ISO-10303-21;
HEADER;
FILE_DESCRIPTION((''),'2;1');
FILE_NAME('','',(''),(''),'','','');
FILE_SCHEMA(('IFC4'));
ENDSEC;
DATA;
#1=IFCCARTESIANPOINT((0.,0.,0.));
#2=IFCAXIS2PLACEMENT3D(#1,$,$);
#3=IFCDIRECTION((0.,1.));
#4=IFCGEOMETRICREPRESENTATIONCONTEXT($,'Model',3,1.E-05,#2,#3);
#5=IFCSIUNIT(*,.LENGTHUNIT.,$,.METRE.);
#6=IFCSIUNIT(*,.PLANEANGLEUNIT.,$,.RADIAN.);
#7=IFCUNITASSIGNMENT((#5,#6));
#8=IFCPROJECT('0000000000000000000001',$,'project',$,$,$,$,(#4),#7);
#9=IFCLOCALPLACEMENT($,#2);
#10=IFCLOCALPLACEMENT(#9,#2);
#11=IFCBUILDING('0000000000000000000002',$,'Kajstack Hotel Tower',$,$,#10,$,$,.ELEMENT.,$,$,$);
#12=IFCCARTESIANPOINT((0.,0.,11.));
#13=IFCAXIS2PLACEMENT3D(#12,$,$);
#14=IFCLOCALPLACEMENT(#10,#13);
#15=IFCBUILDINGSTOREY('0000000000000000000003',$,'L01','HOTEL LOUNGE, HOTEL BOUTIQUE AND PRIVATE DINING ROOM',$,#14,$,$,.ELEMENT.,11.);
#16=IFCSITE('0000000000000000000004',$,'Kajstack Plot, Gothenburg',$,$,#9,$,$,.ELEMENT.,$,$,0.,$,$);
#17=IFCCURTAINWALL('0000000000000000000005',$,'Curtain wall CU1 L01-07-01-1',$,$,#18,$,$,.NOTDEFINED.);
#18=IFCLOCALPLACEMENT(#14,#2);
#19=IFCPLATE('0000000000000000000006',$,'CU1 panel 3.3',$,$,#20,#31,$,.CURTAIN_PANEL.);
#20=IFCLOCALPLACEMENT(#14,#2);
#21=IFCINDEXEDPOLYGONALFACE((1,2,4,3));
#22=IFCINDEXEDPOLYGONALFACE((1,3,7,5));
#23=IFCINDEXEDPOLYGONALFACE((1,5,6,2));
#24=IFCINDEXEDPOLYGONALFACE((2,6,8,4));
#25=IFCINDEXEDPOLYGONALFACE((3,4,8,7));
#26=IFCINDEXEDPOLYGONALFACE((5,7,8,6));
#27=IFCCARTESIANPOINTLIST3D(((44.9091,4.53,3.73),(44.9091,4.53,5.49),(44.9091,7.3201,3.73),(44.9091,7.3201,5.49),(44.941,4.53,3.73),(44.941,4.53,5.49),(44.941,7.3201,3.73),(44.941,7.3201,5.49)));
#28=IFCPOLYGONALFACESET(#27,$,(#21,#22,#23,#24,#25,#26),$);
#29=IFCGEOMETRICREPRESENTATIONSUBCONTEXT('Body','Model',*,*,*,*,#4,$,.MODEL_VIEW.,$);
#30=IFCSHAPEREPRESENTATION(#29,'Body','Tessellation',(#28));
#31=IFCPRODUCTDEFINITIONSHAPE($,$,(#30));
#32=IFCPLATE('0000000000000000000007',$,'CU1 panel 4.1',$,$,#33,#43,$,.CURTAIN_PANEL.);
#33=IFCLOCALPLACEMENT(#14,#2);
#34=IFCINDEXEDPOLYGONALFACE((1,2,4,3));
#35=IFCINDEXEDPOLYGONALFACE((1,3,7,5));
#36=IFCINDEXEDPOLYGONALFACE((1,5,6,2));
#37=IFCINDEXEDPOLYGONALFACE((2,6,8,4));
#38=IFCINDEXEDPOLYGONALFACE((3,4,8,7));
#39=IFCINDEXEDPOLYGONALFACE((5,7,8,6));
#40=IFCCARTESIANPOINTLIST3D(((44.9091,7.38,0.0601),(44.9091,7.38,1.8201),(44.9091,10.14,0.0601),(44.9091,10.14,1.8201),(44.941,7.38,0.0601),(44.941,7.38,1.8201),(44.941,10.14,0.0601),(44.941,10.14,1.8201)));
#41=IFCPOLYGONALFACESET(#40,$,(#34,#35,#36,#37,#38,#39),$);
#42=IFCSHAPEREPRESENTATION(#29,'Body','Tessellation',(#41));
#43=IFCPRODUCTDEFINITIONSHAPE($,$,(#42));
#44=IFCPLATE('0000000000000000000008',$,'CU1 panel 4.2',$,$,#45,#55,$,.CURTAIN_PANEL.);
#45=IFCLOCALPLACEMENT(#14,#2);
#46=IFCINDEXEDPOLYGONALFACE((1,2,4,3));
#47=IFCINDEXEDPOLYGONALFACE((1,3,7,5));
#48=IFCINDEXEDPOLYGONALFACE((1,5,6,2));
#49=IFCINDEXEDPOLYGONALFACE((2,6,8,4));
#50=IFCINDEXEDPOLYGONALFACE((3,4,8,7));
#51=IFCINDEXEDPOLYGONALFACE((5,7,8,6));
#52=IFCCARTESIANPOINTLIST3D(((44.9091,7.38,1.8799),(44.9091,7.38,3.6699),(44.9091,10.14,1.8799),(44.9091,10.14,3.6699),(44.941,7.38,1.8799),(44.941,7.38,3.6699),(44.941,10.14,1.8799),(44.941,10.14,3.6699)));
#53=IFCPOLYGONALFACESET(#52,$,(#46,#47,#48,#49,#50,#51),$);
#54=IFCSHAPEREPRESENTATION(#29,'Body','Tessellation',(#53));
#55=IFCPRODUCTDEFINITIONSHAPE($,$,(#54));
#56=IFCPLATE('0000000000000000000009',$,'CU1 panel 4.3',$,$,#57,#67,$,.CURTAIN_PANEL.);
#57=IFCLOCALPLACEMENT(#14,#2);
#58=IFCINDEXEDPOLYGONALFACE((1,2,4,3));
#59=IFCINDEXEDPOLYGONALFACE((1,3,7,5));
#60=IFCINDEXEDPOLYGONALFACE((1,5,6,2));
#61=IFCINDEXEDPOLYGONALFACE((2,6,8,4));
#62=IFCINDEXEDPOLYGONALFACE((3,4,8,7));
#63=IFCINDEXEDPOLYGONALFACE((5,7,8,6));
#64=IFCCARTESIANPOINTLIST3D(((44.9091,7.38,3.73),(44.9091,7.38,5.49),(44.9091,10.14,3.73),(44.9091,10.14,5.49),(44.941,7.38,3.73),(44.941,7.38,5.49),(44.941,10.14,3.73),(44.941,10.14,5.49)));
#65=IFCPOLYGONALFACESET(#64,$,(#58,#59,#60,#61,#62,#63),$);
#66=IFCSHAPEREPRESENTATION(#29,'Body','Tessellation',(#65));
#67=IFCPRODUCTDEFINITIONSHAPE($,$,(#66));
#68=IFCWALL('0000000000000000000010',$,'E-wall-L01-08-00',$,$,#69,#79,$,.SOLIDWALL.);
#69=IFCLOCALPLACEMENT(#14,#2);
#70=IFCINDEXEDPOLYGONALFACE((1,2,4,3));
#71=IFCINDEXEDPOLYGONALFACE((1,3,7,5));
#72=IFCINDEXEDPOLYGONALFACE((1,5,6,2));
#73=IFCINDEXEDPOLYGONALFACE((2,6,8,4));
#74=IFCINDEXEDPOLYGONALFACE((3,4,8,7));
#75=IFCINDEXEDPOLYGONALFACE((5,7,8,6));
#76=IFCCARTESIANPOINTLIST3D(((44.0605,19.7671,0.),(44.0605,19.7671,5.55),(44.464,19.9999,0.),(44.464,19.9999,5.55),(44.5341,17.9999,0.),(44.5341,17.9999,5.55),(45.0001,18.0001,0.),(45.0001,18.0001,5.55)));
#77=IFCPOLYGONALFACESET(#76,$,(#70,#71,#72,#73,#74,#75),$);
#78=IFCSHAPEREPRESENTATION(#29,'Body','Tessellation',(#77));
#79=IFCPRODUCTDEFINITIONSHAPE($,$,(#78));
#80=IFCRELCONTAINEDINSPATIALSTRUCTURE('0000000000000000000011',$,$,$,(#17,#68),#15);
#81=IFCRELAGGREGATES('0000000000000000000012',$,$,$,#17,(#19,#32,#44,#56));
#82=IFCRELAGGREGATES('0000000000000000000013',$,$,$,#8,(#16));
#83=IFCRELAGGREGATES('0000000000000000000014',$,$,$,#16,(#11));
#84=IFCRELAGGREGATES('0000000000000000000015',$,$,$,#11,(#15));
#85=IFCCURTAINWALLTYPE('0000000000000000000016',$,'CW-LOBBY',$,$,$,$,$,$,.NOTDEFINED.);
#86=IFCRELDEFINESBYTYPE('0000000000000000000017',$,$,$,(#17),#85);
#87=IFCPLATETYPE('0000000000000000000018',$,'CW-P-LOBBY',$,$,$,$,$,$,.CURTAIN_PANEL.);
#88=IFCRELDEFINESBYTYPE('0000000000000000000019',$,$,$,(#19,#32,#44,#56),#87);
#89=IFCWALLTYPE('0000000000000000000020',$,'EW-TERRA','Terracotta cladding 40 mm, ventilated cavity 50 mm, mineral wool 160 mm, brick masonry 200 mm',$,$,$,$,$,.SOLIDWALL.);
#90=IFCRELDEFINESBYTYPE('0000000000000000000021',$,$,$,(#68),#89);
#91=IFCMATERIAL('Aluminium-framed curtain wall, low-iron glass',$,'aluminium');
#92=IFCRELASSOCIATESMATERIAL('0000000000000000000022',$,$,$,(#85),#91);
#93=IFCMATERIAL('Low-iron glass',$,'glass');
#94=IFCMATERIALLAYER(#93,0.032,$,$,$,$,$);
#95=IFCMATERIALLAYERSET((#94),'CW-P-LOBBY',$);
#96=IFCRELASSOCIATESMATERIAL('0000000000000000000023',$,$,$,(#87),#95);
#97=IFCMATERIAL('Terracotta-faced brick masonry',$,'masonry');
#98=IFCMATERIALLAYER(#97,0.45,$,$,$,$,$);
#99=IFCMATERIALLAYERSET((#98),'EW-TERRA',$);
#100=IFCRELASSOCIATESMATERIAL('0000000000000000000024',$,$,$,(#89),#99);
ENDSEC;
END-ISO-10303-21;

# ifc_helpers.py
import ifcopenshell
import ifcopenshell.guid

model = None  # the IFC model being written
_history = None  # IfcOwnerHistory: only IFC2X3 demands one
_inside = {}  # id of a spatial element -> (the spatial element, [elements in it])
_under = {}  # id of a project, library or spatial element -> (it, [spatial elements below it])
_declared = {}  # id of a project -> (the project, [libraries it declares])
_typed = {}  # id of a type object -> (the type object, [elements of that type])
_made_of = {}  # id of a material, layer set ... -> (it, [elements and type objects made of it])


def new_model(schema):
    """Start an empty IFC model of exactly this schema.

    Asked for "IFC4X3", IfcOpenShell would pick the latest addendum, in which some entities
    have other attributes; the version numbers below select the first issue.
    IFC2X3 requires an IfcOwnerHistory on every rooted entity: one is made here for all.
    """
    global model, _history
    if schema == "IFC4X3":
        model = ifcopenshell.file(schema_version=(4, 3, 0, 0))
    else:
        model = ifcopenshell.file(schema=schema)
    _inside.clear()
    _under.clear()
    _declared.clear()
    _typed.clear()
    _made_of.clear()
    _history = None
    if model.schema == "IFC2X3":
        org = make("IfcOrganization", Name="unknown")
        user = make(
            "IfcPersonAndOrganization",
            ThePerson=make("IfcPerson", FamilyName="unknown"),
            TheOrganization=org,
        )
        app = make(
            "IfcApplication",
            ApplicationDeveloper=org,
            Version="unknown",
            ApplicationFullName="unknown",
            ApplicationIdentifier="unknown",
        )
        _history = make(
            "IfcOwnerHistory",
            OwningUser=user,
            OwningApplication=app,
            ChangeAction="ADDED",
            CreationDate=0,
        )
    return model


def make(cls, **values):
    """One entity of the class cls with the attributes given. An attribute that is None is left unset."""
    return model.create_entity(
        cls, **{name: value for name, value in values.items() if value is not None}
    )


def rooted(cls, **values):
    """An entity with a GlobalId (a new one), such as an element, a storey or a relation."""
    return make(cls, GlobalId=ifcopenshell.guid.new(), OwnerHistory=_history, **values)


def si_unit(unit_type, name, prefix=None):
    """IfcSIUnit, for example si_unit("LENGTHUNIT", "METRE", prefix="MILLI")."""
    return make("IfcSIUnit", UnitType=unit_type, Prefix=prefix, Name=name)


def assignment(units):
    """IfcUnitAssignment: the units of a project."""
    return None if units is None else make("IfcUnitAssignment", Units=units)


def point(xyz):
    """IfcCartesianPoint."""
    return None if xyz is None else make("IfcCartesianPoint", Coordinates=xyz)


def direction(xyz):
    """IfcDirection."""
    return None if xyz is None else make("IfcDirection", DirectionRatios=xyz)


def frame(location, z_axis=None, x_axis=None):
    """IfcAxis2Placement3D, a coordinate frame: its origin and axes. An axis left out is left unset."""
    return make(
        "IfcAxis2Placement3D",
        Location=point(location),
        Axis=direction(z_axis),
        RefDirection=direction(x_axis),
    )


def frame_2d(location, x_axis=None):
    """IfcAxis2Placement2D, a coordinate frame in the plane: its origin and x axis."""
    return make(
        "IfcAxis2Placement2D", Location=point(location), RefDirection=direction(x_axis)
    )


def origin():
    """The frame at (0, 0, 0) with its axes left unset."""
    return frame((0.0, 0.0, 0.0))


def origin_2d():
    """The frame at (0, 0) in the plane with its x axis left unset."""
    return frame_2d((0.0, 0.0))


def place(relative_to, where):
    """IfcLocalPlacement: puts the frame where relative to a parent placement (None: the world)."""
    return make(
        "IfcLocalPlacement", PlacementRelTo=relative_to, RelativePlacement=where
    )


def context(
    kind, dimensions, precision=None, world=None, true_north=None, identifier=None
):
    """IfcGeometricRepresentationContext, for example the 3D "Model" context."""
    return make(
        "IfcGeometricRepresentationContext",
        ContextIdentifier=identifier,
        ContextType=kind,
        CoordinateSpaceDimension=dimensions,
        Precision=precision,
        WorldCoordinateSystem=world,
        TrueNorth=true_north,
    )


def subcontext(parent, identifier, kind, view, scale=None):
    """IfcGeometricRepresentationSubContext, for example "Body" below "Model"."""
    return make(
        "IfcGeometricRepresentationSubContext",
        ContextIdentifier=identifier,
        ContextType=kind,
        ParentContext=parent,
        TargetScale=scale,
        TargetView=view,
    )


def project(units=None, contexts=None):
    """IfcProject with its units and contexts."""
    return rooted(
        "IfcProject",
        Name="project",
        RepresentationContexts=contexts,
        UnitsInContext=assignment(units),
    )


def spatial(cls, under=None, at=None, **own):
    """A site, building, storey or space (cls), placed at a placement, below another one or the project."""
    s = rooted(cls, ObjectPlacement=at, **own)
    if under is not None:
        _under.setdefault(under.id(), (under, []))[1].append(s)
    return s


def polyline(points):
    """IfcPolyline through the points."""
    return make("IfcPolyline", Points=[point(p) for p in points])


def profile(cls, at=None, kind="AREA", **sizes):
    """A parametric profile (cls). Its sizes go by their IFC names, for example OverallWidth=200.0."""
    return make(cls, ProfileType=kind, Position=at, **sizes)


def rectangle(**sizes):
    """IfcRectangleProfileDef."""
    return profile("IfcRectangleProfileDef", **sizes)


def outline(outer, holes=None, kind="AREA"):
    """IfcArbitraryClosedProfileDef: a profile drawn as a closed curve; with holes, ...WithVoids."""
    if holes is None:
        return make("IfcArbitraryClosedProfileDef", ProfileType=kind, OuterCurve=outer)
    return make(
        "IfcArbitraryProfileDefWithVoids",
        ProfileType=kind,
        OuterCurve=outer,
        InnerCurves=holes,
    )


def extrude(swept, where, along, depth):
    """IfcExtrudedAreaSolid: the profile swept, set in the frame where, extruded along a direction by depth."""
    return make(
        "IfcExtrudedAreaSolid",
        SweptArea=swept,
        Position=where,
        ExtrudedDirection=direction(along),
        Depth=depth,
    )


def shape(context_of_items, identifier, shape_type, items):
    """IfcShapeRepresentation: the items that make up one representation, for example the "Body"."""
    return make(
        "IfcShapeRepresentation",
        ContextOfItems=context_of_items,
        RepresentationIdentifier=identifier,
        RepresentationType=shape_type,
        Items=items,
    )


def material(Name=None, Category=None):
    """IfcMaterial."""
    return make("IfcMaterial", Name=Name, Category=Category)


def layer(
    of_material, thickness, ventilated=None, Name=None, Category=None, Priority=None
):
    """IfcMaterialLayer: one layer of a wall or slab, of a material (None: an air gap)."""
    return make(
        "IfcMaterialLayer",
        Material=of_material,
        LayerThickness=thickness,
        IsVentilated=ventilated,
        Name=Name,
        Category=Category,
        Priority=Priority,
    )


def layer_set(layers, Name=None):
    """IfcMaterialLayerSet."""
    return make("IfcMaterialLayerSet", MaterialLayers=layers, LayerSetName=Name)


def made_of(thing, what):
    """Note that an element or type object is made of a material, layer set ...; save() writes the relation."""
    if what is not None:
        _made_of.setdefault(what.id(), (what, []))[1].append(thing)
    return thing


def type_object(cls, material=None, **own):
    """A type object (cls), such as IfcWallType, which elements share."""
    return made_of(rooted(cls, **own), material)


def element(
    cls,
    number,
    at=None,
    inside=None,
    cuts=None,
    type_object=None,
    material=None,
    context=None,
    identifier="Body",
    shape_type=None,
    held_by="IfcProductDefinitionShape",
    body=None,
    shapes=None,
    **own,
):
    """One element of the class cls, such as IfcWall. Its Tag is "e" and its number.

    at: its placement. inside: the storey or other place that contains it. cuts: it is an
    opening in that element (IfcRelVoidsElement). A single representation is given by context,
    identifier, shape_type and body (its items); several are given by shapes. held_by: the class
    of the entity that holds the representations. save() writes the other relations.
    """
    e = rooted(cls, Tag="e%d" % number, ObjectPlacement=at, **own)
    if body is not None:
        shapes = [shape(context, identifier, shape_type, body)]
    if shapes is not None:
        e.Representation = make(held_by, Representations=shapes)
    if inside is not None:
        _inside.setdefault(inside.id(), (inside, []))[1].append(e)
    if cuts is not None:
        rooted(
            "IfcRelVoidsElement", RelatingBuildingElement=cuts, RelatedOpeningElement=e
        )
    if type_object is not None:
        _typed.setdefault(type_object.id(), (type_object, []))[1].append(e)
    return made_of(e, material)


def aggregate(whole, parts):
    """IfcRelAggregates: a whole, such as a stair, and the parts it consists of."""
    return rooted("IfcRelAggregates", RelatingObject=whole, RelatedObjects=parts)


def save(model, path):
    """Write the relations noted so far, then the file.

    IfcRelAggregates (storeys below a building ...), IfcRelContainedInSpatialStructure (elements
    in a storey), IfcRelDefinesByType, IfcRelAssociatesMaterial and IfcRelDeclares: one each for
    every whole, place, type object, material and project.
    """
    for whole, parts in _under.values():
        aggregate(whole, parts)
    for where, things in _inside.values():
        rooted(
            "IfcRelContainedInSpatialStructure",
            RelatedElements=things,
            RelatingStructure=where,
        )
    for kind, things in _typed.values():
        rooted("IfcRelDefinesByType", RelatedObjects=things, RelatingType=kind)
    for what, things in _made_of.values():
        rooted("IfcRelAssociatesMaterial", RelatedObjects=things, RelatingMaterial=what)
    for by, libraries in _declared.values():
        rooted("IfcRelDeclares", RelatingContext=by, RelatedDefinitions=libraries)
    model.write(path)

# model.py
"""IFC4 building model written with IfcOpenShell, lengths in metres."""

from ifc_helpers import new_model, si_unit, direction, frame, origin, origin_2d, place, context, subcontext, project, spatial, polyline, rectangle, outline, extrude, material, layer, layer_set, type_object, element, aggregate, save


model = new_model("IFC4")

# Units and contexts
model_context = context("Model", 3, precision=1e-05, world=origin(), true_north=direction((0.0, 1.0)))
body_context = subcontext(model_context, "Body", "Model", "MODEL_VIEW")
ifc_project = project(units=[si_unit("LENGTHUNIT", "METRE"), si_unit("PLANEANGLEUNIT", "RADIAN")], contexts=[model_context])

# Site, building, storey
site_placement = place(None, origin())
site = spatial("IfcSite", under=ifc_project, at=site_placement, Name="Kajstack Plot, Gothenburg", CompositionType="ELEMENT", RefElevation=0.0)
building_placement = place(site_placement, origin())
building = spatial("IfcBuilding", under=site, at=building_placement, Name="Kajstack Hotel Tower", CompositionType="ELEMENT")
storey_placement = place(building_placement, frame((0.0, 0.0, 11.0)))
storey = spatial("IfcBuildingStorey", under=building, at=storey_placement, Name="L01", Description="HOTEL LOUNGE, HOTEL BOUTIQUE AND PRIVATE DINING ROOM", CompositionType="ELEMENT", Elevation=11.0)

# Shared definitions
ifc_material_1 = material(Name="Aluminium-framed curtain wall, low-iron glass", Category="aluminium")
curtain_wall_type = type_object("IfcCurtainWallType", Name="CW-LOBBY", PredefinedType="NOTDEFINED", material=ifc_material_1)

# Curtain wall, plates
curtain_wall_1_placement = place(storey_placement, origin())
curtain_wall_1 = element("IfcCurtainWall", 1, at=curtain_wall_1_placement, inside=storey, type_object=curtain_wall_type, Name="Curtain wall CU1 L01-07-01-1", PredefinedType="NOTDEFINED")
ifc_material_2 = material(Name="Low-iron glass", Category="glass")
ifc_layer_1 = layer(ifc_material_2, 0.032)
ifc_layer_set_1 = layer_set([ifc_layer_1], Name="CW-P-LOBBY")
plate_type = type_object("IfcPlateType", Name="CW-P-LOBBY", PredefinedType="CURTAIN_PANEL", material=ifc_layer_set_1)
plate_1_placement = place(storey_placement, frame((44.925, 5.925, 3.73), z_axis=(0.0, 0.0, 1.0), x_axis=(0.0, 1.0, 0.0)))
plate_1 = element("IfcPlate", 2, at=plate_1_placement, type_object=plate_type, Name="CU1 panel 3.3", PredefinedType="CURTAIN_PANEL", context=body_context, shape_type="SweptSolid", body=[
    extrude(rectangle(XDim=2.79, YDim=0.032, at=origin_2d()), origin(), (0.0, 0.0, 1.0), 1.76),
])
plate_2_placement = place(storey_placement, frame((44.925, 8.76, 0.0601), z_axis=(0.0, 0.0, 1.0), x_axis=(0.0, 1.0, 0.0)))
plate_2 = element("IfcPlate", 3, at=plate_2_placement, type_object=plate_type, Name="CU1 panel 4.1", PredefinedType="CURTAIN_PANEL", context=body_context, shape_type="SweptSolid", body=[
    extrude(rectangle(XDim=2.76, YDim=0.032, at=origin_2d()), origin(), (0.0, 0.0, 1.0), 1.76),
])
plate_3_placement = place(storey_placement, frame((44.925, 8.76, 1.8799), z_axis=(0.0, 0.0, 1.0), x_axis=(0.0, 1.0, 0.0)))
plate_3 = element("IfcPlate", 4, at=plate_3_placement, type_object=plate_type, Name="CU1 panel 4.2", PredefinedType="CURTAIN_PANEL", context=body_context, shape_type="SweptSolid", body=[
    extrude(rectangle(XDim=2.76, YDim=0.032, at=origin_2d()), origin(), (0.0, 0.0, 1.0), 1.79),
])
plate_4_placement = place(storey_placement, frame((44.925, 8.76, 3.73), z_axis=(0.0, 0.0, 1.0), x_axis=(0.0, 1.0, 0.0)))
plate_4 = element("IfcPlate", 5, at=plate_4_placement, type_object=plate_type, Name="CU1 panel 4.3", PredefinedType="CURTAIN_PANEL", context=body_context, shape_type="SweptSolid", body=[
    extrude(rectangle(XDim=2.76, YDim=0.032, at=origin_2d()), origin(), (0.0, 0.0, 1.0), 1.76),
])
aggregate(curtain_wall_1, [plate_1, plate_2, plate_3, plate_4])

# Wall
ifc_material_3 = material(Name="Terracotta-faced brick masonry", Category="masonry")
ifc_layer_2 = layer(ifc_material_3, 0.45)
ifc_layer_set_2 = layer_set([ifc_layer_2], Name="EW-TERRA")
wall_type = type_object("IfcWallType", Name="EW-TERRA", Description="Terracotta cladding 40 mm, ventilated cavity 50 mm, mineral wool 160 mm, brick masonry 200 mm", PredefinedType="SOLIDWALL", material=ifc_layer_set_2)
wall_placement = place(storey_placement, frame((44.7827, 17.9417, 0.0), z_axis=(0.0, 0.0, 1.0), x_axis=(-0.258815, 0.965927, 0.0)))
element("IfcWall", 6, at=wall_placement, inside=storey, type_object=wall_type, Name="E-wall-L01-08-00", PredefinedType="SOLIDWALL", context=body_context, shape_type="SweptSolid", body=[
    extrude(outline(polyline([(0.0002, -0.2251), (2.0706, -0.2249), (1.9502, 0.2251), (0.1206, 0.2251), (0.0002, -0.2251)])), origin(), (0.0, 0.0, 1.0), 5.55),
])

save(model, "model.ifc")
